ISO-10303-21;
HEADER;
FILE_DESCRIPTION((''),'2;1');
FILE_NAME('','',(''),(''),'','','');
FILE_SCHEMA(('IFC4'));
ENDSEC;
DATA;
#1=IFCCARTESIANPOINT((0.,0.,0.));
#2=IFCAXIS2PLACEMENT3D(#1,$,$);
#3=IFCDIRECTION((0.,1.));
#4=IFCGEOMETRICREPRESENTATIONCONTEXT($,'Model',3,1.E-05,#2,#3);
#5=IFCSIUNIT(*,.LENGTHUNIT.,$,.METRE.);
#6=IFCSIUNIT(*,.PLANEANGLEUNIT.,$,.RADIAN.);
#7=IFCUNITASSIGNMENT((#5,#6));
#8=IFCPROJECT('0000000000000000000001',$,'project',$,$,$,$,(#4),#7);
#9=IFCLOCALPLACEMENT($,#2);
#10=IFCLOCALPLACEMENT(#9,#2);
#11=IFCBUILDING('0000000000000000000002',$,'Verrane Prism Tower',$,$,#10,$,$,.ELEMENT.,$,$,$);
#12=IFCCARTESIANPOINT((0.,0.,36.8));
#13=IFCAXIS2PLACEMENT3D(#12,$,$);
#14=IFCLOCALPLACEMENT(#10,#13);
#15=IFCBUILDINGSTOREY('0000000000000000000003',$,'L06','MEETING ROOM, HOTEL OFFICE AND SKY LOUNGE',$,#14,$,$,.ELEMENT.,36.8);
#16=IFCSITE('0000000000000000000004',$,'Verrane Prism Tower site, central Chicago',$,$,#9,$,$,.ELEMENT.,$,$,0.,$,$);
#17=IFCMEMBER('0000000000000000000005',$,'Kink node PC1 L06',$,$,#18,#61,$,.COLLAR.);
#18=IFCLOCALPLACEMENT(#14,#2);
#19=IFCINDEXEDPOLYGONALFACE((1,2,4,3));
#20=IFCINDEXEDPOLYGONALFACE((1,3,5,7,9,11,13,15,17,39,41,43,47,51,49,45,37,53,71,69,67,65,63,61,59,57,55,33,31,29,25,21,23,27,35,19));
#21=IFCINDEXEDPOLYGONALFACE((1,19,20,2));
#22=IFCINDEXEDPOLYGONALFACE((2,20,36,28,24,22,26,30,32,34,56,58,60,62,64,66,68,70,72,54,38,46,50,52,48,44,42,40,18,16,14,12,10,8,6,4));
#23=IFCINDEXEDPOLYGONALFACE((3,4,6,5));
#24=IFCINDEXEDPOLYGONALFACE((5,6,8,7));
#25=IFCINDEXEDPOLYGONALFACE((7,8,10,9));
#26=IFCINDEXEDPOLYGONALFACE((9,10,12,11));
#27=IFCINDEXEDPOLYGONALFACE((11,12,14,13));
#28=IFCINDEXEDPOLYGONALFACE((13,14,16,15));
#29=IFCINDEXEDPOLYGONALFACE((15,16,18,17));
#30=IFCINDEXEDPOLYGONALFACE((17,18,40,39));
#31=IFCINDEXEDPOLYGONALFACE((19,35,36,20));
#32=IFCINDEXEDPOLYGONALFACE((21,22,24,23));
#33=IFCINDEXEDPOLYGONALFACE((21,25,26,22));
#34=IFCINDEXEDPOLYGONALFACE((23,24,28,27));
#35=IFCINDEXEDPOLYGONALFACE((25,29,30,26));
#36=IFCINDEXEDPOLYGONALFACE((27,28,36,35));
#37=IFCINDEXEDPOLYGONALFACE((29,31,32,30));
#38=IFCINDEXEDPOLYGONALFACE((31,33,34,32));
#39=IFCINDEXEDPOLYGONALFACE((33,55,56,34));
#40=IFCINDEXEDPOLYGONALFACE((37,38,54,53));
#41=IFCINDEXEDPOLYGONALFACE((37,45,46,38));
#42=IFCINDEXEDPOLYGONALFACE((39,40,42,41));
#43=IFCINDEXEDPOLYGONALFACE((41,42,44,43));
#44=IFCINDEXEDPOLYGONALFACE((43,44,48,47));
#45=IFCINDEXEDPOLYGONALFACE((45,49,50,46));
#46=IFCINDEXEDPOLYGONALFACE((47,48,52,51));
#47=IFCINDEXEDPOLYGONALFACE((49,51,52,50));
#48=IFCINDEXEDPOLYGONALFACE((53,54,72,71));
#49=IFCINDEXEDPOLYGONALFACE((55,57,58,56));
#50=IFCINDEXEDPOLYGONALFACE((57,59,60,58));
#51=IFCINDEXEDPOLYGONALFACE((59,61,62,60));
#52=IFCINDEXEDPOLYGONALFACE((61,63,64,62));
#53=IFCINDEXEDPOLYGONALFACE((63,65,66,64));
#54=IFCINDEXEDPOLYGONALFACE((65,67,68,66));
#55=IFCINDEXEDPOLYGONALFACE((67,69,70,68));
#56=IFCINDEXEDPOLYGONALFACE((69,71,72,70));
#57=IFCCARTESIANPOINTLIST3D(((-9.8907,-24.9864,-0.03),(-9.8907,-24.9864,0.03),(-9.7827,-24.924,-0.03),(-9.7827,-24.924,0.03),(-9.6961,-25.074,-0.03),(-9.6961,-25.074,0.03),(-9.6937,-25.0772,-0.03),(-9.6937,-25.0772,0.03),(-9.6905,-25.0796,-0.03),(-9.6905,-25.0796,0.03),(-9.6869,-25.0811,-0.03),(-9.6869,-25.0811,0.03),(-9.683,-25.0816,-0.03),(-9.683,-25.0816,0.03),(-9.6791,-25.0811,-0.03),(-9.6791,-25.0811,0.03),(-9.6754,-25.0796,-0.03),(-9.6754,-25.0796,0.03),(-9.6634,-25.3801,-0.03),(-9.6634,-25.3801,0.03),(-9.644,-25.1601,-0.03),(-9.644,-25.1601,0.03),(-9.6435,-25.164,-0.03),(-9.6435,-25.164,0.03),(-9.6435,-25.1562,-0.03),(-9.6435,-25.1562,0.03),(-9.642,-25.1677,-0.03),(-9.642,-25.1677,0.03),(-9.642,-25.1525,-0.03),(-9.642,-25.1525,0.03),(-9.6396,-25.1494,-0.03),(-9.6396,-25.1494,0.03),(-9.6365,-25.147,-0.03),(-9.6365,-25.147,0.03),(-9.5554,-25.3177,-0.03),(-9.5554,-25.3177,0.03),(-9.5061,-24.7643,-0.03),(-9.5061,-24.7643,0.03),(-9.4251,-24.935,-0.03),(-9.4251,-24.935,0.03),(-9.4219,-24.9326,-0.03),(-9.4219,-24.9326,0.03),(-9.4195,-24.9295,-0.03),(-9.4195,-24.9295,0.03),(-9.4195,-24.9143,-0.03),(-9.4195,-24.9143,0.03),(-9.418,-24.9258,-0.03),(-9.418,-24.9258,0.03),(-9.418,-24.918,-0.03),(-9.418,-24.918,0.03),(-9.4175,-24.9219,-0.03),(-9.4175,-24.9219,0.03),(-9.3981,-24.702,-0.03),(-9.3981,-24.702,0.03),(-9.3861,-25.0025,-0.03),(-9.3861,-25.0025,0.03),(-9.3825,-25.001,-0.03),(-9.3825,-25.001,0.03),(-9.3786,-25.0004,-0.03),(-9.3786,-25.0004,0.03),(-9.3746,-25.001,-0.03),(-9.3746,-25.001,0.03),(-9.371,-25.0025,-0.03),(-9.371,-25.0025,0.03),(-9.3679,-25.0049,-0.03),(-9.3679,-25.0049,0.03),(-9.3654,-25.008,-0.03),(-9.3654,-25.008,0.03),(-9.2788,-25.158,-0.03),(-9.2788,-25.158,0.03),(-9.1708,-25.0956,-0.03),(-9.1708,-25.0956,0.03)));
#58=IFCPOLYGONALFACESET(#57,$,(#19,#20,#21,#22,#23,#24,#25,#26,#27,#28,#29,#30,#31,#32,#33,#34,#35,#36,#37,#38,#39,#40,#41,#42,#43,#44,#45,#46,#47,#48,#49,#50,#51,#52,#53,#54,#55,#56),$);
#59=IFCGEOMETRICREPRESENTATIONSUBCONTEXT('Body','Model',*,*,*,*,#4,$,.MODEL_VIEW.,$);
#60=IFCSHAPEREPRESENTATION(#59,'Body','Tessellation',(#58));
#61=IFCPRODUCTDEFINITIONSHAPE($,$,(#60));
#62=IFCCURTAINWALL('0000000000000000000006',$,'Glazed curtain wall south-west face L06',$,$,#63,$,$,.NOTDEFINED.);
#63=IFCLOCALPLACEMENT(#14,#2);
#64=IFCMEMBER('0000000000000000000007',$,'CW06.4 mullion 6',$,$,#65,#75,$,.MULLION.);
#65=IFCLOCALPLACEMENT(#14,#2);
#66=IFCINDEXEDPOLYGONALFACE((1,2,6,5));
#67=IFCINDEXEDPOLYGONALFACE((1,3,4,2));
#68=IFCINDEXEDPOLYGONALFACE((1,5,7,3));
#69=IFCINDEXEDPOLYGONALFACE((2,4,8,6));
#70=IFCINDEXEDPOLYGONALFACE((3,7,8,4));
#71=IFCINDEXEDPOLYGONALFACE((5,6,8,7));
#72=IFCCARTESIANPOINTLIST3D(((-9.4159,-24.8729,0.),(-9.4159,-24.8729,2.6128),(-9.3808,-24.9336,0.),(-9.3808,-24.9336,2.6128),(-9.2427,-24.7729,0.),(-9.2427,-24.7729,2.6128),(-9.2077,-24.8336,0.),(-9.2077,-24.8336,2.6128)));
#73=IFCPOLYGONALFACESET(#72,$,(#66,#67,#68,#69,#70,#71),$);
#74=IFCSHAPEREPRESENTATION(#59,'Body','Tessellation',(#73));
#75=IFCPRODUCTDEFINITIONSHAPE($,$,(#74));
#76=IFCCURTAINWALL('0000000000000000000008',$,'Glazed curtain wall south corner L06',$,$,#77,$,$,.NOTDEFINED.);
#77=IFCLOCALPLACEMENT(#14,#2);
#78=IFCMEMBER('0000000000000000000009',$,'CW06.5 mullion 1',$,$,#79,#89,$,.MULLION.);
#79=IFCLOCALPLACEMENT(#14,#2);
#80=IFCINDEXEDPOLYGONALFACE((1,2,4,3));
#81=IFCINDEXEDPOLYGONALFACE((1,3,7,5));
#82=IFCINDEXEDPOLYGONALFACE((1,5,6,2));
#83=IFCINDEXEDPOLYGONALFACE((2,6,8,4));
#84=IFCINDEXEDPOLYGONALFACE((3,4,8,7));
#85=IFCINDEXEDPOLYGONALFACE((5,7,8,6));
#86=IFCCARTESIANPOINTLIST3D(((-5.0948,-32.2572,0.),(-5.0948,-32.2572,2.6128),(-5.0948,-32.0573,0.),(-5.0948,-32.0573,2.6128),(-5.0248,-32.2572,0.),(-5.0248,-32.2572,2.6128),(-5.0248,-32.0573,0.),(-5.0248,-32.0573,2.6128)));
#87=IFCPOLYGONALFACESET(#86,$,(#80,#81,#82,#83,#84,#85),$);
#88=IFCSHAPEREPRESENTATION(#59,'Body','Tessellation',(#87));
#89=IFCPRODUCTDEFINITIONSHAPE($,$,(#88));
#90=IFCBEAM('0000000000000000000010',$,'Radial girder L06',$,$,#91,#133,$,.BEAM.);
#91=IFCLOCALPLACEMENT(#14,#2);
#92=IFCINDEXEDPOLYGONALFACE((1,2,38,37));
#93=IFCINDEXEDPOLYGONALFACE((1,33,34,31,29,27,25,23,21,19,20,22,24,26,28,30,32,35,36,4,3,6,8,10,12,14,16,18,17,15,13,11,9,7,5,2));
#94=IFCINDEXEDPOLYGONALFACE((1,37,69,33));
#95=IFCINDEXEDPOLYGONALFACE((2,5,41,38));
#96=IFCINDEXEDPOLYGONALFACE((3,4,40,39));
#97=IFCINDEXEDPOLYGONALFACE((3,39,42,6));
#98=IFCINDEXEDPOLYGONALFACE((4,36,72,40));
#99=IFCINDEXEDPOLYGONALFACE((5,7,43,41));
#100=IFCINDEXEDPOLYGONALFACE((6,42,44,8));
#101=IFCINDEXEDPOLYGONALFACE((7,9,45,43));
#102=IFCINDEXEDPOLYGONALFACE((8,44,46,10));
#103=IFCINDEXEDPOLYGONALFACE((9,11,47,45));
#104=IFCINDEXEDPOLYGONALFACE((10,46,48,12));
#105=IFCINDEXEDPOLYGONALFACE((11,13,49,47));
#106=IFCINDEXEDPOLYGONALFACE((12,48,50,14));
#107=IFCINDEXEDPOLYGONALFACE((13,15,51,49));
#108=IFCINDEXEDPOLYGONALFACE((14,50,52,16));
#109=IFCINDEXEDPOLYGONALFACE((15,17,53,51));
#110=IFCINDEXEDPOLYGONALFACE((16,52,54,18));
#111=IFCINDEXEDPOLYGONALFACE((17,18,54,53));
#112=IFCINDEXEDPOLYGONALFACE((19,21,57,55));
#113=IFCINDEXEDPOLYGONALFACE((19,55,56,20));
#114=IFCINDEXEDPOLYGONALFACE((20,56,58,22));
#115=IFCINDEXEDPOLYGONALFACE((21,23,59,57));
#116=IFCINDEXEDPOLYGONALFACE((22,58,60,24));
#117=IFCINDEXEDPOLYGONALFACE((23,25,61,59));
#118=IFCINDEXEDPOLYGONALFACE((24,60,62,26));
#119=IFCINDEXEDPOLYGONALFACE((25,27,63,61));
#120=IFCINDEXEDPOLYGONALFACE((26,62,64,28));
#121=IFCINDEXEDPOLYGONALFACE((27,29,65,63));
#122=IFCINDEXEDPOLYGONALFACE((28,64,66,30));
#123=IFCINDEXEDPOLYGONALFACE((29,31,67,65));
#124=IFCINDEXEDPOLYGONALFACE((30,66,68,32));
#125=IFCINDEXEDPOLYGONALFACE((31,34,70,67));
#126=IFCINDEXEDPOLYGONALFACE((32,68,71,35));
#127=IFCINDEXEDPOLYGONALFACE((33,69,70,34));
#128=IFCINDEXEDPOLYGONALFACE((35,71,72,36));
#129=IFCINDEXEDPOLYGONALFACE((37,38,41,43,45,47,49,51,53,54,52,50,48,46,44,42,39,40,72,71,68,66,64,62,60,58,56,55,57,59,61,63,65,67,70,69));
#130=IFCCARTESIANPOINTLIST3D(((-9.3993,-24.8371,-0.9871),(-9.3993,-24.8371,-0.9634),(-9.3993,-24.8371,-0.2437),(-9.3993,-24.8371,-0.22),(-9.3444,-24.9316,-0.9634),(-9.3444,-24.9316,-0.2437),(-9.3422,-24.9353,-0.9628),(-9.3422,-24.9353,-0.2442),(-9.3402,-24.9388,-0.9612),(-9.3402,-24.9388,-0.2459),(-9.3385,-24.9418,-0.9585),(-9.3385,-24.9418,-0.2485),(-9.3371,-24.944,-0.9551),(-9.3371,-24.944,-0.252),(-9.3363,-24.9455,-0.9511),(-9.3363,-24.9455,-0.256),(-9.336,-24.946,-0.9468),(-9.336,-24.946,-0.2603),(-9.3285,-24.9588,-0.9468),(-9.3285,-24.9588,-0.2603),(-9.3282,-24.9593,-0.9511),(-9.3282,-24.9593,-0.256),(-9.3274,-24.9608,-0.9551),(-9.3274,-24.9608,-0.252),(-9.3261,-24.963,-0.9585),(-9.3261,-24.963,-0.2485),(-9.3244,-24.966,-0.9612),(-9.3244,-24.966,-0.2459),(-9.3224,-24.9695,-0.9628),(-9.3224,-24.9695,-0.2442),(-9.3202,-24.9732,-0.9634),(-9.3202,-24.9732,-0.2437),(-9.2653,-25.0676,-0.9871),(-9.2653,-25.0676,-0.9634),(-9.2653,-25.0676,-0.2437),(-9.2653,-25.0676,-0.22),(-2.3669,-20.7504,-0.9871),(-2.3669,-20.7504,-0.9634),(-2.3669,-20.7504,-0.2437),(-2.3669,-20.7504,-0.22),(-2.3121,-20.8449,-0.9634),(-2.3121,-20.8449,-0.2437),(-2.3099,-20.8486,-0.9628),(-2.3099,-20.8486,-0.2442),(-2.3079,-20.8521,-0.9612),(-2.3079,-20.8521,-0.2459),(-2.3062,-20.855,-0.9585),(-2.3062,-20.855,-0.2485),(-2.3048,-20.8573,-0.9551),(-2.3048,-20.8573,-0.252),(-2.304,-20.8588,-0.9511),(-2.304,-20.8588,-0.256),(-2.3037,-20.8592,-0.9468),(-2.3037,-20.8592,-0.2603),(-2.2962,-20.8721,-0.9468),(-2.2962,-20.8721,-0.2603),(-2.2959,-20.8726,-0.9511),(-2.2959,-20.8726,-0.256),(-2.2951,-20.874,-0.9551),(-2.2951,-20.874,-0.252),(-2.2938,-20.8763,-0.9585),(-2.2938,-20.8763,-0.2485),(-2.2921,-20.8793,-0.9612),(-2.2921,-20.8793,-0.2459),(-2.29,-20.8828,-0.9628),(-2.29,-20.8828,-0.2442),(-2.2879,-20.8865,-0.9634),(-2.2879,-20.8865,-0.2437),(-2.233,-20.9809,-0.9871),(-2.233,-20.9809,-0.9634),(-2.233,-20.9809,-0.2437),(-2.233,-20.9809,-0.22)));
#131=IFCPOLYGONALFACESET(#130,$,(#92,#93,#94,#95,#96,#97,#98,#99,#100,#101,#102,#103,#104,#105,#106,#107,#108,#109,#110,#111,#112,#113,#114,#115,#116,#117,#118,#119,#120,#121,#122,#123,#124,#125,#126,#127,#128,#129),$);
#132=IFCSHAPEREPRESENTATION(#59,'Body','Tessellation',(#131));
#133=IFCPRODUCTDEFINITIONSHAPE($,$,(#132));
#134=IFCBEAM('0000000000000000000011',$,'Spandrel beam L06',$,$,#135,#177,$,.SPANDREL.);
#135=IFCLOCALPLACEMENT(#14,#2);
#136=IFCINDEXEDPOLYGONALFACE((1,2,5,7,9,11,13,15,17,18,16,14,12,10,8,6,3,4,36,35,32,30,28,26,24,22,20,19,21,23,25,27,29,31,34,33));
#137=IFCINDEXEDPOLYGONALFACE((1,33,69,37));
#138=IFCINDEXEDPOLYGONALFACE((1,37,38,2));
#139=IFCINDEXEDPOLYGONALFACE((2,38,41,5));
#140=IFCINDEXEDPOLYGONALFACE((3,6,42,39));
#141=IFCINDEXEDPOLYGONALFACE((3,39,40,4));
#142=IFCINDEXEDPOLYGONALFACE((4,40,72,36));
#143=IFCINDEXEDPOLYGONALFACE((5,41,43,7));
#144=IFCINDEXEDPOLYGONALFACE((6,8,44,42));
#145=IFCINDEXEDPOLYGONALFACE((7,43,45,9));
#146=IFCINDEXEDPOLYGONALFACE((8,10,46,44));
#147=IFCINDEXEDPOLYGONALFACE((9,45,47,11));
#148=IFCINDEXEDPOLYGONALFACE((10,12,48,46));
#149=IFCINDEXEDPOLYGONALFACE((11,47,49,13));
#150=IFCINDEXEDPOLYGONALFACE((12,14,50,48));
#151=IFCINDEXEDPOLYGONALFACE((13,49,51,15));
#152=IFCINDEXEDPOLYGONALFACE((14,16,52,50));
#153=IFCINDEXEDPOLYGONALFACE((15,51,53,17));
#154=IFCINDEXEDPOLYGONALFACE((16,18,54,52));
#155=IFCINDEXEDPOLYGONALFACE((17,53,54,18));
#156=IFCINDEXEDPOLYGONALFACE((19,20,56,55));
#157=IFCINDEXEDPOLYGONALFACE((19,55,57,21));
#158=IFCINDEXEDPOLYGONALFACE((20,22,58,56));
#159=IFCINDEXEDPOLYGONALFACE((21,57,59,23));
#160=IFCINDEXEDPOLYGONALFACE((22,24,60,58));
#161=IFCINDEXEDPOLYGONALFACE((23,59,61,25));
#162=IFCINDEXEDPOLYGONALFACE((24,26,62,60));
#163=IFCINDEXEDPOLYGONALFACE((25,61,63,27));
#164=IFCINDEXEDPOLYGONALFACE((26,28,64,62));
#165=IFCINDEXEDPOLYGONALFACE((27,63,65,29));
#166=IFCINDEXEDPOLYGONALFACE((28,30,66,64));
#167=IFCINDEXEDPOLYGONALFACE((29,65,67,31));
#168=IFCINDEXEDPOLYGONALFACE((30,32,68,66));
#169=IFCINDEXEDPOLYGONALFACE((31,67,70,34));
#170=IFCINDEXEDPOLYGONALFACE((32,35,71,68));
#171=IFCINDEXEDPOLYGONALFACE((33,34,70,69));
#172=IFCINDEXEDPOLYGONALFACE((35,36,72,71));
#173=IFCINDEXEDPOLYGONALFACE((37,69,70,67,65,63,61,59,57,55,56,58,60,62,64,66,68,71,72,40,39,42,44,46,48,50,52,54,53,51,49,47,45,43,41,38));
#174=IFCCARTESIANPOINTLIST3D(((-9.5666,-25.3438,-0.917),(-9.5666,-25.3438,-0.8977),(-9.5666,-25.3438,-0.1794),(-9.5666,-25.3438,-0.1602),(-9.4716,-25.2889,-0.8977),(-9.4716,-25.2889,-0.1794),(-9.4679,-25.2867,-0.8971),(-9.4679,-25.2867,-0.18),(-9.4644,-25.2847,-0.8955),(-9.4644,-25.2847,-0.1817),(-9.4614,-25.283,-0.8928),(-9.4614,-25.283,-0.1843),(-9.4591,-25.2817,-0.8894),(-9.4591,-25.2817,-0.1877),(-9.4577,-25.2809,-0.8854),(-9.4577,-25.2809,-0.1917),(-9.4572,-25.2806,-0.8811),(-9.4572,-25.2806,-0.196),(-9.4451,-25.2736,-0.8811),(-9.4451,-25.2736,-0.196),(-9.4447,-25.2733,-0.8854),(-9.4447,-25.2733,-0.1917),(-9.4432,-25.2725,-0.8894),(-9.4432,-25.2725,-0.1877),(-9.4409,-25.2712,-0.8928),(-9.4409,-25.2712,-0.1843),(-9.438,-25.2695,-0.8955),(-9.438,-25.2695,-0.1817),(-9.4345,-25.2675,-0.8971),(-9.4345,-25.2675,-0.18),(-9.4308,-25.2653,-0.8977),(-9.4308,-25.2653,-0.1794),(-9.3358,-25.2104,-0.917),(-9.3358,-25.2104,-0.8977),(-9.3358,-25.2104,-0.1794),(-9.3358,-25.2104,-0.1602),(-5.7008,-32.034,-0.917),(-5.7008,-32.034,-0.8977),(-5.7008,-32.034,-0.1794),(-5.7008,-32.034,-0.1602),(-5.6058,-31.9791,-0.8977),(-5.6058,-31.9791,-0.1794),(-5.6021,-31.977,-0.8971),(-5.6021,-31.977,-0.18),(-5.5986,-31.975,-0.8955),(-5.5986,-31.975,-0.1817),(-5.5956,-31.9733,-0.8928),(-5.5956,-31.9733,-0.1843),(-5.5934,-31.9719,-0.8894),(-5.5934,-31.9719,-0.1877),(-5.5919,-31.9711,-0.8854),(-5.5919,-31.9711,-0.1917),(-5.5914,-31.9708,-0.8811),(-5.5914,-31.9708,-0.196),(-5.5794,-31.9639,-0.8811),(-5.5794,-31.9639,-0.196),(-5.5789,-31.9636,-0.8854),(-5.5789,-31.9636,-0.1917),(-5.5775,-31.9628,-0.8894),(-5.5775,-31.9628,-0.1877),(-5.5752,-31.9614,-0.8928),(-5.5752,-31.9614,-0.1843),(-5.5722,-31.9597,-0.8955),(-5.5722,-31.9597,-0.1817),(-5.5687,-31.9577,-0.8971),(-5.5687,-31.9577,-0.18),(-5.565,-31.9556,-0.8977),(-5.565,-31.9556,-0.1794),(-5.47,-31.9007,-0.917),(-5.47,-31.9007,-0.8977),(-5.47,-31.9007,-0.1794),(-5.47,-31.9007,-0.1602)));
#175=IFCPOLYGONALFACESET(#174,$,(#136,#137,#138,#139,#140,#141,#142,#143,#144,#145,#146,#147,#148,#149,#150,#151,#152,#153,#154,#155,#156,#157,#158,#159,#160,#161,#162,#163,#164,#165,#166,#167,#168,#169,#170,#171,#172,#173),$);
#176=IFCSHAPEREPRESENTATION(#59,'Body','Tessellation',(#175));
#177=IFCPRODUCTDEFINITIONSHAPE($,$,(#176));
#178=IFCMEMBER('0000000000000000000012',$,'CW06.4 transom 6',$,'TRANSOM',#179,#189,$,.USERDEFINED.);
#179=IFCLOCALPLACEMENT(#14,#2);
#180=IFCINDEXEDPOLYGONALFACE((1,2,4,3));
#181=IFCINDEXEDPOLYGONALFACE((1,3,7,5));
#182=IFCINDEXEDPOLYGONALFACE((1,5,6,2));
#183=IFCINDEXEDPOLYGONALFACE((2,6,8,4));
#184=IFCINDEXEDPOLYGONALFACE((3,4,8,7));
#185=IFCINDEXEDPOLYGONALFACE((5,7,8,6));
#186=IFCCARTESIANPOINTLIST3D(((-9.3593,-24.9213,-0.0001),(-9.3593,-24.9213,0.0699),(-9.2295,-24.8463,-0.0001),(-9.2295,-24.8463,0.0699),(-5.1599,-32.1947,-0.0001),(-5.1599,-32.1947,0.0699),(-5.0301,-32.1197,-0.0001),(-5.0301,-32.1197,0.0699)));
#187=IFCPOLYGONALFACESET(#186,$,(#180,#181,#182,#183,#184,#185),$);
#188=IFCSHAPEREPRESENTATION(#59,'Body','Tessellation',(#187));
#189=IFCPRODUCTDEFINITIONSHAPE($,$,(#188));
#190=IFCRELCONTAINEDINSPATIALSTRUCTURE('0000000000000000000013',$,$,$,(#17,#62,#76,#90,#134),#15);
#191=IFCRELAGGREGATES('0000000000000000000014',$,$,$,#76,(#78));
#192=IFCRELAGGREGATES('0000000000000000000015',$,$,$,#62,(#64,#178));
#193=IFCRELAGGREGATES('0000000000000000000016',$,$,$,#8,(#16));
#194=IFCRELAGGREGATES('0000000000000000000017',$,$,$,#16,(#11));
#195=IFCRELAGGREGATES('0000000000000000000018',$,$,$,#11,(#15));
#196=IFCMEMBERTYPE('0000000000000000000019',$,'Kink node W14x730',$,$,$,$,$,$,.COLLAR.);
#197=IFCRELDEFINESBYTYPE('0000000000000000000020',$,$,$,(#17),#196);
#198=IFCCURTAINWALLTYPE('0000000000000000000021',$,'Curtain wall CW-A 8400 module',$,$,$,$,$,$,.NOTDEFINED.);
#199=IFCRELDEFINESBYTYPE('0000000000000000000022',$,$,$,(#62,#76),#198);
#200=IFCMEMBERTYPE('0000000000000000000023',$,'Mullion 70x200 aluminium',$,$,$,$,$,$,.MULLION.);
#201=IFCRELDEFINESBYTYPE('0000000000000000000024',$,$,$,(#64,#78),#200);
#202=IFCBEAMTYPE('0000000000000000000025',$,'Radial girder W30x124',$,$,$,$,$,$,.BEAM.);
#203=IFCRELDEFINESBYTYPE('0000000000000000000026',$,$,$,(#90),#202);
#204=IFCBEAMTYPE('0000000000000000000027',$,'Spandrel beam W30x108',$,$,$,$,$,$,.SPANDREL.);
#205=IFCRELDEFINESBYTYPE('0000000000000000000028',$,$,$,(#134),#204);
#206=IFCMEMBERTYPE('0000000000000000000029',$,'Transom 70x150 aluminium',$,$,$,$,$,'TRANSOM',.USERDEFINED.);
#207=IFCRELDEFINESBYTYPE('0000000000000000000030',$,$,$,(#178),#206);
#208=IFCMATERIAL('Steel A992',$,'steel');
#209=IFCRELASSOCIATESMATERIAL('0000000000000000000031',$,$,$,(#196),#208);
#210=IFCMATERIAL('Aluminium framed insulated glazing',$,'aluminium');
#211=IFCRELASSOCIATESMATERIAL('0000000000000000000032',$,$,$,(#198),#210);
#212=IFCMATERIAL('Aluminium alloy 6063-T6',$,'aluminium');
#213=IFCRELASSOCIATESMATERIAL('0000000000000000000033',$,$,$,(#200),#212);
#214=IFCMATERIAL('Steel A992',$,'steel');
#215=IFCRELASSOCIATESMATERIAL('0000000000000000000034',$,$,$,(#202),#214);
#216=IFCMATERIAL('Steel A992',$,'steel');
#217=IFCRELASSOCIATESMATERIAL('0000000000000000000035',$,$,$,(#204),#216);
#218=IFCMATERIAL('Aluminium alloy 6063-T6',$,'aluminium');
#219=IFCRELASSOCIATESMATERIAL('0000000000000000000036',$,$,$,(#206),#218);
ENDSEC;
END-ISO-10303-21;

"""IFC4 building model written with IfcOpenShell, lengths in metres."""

from ifc_helpers import new_model, si_unit, direction, frame, origin, origin_2d, place, context, subcontext, project, spatial, rectangle, i_section, extrude, material, material_profile, profile_set, type_object, element, aggregate, save


model = new_model("IFC4")

# Units and contexts
model_context = context("Model", 3, precision=1e-05, world=origin(), true_north=direction((0.0, 1.0)))
body_context = subcontext(model_context, "Body", "Model", "MODEL_VIEW")
ifc_project = project(units=[si_unit("LENGTHUNIT", "METRE"), si_unit("PLANEANGLEUNIT", "RADIAN")], contexts=[model_context])

# Site, building, storey
site_placement = place(None, origin())
site = spatial("IfcSite", under=ifc_project, at=site_placement, Name="Verrane Prism Tower site, central Chicago", CompositionType="ELEMENT", RefElevation=0.0)
building_placement = place(site_placement, origin())
building = spatial("IfcBuilding", under=site, at=building_placement, Name="Verrane Prism Tower", CompositionType="ELEMENT")
storey_placement = place(building_placement, frame((0.0, 0.0, 36.8)))
storey = spatial("IfcBuildingStorey", under=building, at=storey_placement, Name="L06", Description="MEETING ROOM, HOTEL OFFICE AND SKY LOUNGE", CompositionType="ELEMENT", Elevation=36.8)

# Member
ifc_material_1 = material(Name="Steel A992", Category="steel")
ifc_material_profile_1 = material_profile(ifc_material_1, i_section(OverallWidth=0.4546, OverallDepth=0.5688, WebThickness=0.0779, FlangeThickness=0.1248, FilletRadius=0.0151, at=origin_2d()), Name="W14x730")
ifc_profile_set_1 = profile_set([ifc_material_profile_1], Name="Steel A992")
member_type_1 = type_object("IfcMemberType", Name="Kink node W14x730", PredefinedType="COLLAR", material=ifc_profile_set_1)
member_1_placement = place(storey_placement, frame((-9.5308, -25.041, -0.03), z_axis=(0.0, 0.0, 1.0), x_axis=(-0.5, 0.866025, 0.0)))
element("IfcMember", 1, at=member_1_placement, inside=storey, type_object=member_type_1, Name="Kink node PC1 L06", PredefinedType="COLLAR", context=body_context, shape_type="SweptSolid", body=[
    extrude(i_section(OverallWidth=0.4546, OverallDepth=0.5688, WebThickness=0.0779, FlangeThickness=0.1248, FilletRadius=0.0151, at=origin_2d()), origin(), (0.0, 0.0, 1.0), 0.0601),
])

# Curtain walls, members
ifc_material_2 = material(Name="Aluminium framed insulated glazing", Category="aluminium")
curtain_wall_type = type_object("IfcCurtainWallType", Name="Curtain wall CW-A 8400 module", PredefinedType="NOTDEFINED", material=ifc_material_2)
curtain_wall_1_placement = place(storey_placement, origin())
curtain_wall_1 = element("IfcCurtainWall", 2, at=curtain_wall_1_placement, inside=storey, type_object=curtain_wall_type, Name="Glazed curtain wall south-west face L06", PredefinedType="NOTDEFINED")
ifc_material_3 = material(Name="Aluminium alloy 6063-T6", Category="aluminium")
ifc_material_profile_2 = material_profile(ifc_material_3, rectangle(XDim=0.2, YDim=0.0701, at=origin_2d()), Name="Mullion 70x200 aluminium")
ifc_profile_set_2 = profile_set([ifc_material_profile_2], Name="Aluminium alloy 6063-T6")
member_type_2 = type_object("IfcMemberType", Name="Mullion 70x200 aluminium", PredefinedType="MULLION", material=ifc_profile_set_2)
member_2_placement = place(storey_placement, frame((-9.3118, -24.8533, 0.0), z_axis=(0.0, 0.0, 1.0), x_axis=(0.866025, 0.5, 0.0)))
member_2 = element("IfcMember", 3, at=member_2_placement, type_object=member_type_2, Name="CW06.4 mullion 6", PredefinedType="MULLION", context=body_context, shape_type="SweptSolid", body=[
    extrude(rectangle(XDim=0.2, YDim=0.0701, at=origin_2d()), origin(), (0.0, 0.0, 1.0), 2.6128),
])
curtain_wall_2_placement = place(storey_placement, origin())
curtain_wall_2 = element("IfcCurtainWall", 4, at=curtain_wall_2_placement, inside=storey, type_object=curtain_wall_type, Name="Glazed curtain wall south corner L06", PredefinedType="NOTDEFINED")
member_3_placement = place(storey_placement, frame((-5.0598, -32.1572, 0.0), z_axis=(0.0, 0.0, 1.0), x_axis=(0.0, 1.0, 0.0)))
member_3 = element("IfcMember", 5, at=member_3_placement, type_object=member_type_2, Name="CW06.5 mullion 1", PredefinedType="MULLION", context=body_context, shape_type="SweptSolid", body=[
    extrude(rectangle(XDim=0.2, YDim=0.0701, at=origin_2d()), origin(), (0.0, 0.0, 1.0), 2.6128),
])

# Beams
ifc_material_4 = material(Name="Steel A992", Category="steel")
ifc_material_profile_3 = material_profile(ifc_material_4, i_section(OverallWidth=0.2666, OverallDepth=0.7671, WebThickness=0.0149, FlangeThickness=0.0237, FilletRadius=0.0166, at=origin_2d()), Name="W30x124")
ifc_profile_set_3 = profile_set([ifc_material_profile_3], Name="Steel A992")
beam_type_1 = type_object("IfcBeamType", Name="Radial girder W30x124", PredefinedType="BEAM", material=ifc_profile_set_3)
beam_1_placement = place(storey_placement, frame((-9.3323, -24.9524, -0.6035), z_axis=(0.864605, 0.502452, 0.0), x_axis=(-0.502452, 0.864605, 0.0)))
element("IfcBeam", 6, at=beam_1_placement, inside=storey, type_object=beam_type_1, Name="Radial girder L06", PredefinedType="BEAM", context=body_context, shape_type="SweptSolid", body=[
    extrude(i_section(OverallWidth=0.2666, OverallDepth=0.7671, WebThickness=0.0149, FlangeThickness=0.0237, FilletRadius=0.0166, at=origin_2d()), origin(), (0.0, 0.0, 1.0), 8.1335),
])
ifc_material_5 = material(Name="Steel A992", Category="steel")
ifc_material_profile_4 = material_profile(ifc_material_5, i_section(OverallWidth=0.2666, OverallDepth=0.7568, WebThickness=0.0139, FlangeThickness=0.0193, FilletRadius=0.0166, at=origin_2d()), Name="W30x108")
ifc_profile_set_4 = profile_set([ifc_material_profile_4], Name="Steel A992")
beam_type_2 = type_object("IfcBeamType", Name="Spandrel beam W30x108", PredefinedType="SPANDREL", material=ifc_profile_set_4)
beam_2_placement = place(storey_placement, frame((-9.4512, -25.2771, -0.5386), z_axis=(0.500305, -0.865849, 0.0), x_axis=(0.865849, 0.500305, 0.0)))
element("IfcBeam", 7, at=beam_2_placement, inside=storey, type_object=beam_type_2, Name="Spandrel beam L06", PredefinedType="SPANDREL", context=body_context, shape_type="SweptSolid", body=[
    extrude(i_section(OverallWidth=0.2666, OverallDepth=0.7568, WebThickness=0.0139, FlangeThickness=0.0193, FilletRadius=0.0166, at=origin_2d()), origin(), (0.0, 0.0, 1.0), 7.7268),
])

# Member
ifc_material_6 = material(Name="Aluminium alloy 6063-T6", Category="aluminium")
ifc_material_profile_5 = material_profile(ifc_material_6, rectangle(XDim=0.1499, YDim=0.0701, at=origin_2d()), Name="Transom 70x150 aluminium")
ifc_profile_set_5 = profile_set([ifc_material_profile_5], Name="Aluminium alloy 6063-T6")
member_type_3 = type_object("IfcMemberType", Name="Transom 70x150 aluminium", ElementType="TRANSOM", PredefinedType="USERDEFINED", material=ifc_profile_set_5)
member_4_placement = place(storey_placement, frame((-9.2944, -24.8838, 0.0349), z_axis=(0.500013, -0.866018, 0.0), x_axis=(0.866018, 0.500013, 0.0)))
member_4 = element("IfcMember", 8, at=member_4_placement, type_object=member_type_3, Name="CW06.4 transom 6", ObjectType="TRANSOM", PredefinedType="USERDEFINED", context=body_context, shape_type="SweptSolid", body=[
    extrude(rectangle(XDim=0.1499, YDim=0.0701, at=origin_2d()), origin(), (0.0, 0.0, 1.0), 8.3987),
])
aggregate(curtain_wall_2, [member_3])

aggregate(curtain_wall_1, [member_2, member_4])

save(model, "model.ifc")
